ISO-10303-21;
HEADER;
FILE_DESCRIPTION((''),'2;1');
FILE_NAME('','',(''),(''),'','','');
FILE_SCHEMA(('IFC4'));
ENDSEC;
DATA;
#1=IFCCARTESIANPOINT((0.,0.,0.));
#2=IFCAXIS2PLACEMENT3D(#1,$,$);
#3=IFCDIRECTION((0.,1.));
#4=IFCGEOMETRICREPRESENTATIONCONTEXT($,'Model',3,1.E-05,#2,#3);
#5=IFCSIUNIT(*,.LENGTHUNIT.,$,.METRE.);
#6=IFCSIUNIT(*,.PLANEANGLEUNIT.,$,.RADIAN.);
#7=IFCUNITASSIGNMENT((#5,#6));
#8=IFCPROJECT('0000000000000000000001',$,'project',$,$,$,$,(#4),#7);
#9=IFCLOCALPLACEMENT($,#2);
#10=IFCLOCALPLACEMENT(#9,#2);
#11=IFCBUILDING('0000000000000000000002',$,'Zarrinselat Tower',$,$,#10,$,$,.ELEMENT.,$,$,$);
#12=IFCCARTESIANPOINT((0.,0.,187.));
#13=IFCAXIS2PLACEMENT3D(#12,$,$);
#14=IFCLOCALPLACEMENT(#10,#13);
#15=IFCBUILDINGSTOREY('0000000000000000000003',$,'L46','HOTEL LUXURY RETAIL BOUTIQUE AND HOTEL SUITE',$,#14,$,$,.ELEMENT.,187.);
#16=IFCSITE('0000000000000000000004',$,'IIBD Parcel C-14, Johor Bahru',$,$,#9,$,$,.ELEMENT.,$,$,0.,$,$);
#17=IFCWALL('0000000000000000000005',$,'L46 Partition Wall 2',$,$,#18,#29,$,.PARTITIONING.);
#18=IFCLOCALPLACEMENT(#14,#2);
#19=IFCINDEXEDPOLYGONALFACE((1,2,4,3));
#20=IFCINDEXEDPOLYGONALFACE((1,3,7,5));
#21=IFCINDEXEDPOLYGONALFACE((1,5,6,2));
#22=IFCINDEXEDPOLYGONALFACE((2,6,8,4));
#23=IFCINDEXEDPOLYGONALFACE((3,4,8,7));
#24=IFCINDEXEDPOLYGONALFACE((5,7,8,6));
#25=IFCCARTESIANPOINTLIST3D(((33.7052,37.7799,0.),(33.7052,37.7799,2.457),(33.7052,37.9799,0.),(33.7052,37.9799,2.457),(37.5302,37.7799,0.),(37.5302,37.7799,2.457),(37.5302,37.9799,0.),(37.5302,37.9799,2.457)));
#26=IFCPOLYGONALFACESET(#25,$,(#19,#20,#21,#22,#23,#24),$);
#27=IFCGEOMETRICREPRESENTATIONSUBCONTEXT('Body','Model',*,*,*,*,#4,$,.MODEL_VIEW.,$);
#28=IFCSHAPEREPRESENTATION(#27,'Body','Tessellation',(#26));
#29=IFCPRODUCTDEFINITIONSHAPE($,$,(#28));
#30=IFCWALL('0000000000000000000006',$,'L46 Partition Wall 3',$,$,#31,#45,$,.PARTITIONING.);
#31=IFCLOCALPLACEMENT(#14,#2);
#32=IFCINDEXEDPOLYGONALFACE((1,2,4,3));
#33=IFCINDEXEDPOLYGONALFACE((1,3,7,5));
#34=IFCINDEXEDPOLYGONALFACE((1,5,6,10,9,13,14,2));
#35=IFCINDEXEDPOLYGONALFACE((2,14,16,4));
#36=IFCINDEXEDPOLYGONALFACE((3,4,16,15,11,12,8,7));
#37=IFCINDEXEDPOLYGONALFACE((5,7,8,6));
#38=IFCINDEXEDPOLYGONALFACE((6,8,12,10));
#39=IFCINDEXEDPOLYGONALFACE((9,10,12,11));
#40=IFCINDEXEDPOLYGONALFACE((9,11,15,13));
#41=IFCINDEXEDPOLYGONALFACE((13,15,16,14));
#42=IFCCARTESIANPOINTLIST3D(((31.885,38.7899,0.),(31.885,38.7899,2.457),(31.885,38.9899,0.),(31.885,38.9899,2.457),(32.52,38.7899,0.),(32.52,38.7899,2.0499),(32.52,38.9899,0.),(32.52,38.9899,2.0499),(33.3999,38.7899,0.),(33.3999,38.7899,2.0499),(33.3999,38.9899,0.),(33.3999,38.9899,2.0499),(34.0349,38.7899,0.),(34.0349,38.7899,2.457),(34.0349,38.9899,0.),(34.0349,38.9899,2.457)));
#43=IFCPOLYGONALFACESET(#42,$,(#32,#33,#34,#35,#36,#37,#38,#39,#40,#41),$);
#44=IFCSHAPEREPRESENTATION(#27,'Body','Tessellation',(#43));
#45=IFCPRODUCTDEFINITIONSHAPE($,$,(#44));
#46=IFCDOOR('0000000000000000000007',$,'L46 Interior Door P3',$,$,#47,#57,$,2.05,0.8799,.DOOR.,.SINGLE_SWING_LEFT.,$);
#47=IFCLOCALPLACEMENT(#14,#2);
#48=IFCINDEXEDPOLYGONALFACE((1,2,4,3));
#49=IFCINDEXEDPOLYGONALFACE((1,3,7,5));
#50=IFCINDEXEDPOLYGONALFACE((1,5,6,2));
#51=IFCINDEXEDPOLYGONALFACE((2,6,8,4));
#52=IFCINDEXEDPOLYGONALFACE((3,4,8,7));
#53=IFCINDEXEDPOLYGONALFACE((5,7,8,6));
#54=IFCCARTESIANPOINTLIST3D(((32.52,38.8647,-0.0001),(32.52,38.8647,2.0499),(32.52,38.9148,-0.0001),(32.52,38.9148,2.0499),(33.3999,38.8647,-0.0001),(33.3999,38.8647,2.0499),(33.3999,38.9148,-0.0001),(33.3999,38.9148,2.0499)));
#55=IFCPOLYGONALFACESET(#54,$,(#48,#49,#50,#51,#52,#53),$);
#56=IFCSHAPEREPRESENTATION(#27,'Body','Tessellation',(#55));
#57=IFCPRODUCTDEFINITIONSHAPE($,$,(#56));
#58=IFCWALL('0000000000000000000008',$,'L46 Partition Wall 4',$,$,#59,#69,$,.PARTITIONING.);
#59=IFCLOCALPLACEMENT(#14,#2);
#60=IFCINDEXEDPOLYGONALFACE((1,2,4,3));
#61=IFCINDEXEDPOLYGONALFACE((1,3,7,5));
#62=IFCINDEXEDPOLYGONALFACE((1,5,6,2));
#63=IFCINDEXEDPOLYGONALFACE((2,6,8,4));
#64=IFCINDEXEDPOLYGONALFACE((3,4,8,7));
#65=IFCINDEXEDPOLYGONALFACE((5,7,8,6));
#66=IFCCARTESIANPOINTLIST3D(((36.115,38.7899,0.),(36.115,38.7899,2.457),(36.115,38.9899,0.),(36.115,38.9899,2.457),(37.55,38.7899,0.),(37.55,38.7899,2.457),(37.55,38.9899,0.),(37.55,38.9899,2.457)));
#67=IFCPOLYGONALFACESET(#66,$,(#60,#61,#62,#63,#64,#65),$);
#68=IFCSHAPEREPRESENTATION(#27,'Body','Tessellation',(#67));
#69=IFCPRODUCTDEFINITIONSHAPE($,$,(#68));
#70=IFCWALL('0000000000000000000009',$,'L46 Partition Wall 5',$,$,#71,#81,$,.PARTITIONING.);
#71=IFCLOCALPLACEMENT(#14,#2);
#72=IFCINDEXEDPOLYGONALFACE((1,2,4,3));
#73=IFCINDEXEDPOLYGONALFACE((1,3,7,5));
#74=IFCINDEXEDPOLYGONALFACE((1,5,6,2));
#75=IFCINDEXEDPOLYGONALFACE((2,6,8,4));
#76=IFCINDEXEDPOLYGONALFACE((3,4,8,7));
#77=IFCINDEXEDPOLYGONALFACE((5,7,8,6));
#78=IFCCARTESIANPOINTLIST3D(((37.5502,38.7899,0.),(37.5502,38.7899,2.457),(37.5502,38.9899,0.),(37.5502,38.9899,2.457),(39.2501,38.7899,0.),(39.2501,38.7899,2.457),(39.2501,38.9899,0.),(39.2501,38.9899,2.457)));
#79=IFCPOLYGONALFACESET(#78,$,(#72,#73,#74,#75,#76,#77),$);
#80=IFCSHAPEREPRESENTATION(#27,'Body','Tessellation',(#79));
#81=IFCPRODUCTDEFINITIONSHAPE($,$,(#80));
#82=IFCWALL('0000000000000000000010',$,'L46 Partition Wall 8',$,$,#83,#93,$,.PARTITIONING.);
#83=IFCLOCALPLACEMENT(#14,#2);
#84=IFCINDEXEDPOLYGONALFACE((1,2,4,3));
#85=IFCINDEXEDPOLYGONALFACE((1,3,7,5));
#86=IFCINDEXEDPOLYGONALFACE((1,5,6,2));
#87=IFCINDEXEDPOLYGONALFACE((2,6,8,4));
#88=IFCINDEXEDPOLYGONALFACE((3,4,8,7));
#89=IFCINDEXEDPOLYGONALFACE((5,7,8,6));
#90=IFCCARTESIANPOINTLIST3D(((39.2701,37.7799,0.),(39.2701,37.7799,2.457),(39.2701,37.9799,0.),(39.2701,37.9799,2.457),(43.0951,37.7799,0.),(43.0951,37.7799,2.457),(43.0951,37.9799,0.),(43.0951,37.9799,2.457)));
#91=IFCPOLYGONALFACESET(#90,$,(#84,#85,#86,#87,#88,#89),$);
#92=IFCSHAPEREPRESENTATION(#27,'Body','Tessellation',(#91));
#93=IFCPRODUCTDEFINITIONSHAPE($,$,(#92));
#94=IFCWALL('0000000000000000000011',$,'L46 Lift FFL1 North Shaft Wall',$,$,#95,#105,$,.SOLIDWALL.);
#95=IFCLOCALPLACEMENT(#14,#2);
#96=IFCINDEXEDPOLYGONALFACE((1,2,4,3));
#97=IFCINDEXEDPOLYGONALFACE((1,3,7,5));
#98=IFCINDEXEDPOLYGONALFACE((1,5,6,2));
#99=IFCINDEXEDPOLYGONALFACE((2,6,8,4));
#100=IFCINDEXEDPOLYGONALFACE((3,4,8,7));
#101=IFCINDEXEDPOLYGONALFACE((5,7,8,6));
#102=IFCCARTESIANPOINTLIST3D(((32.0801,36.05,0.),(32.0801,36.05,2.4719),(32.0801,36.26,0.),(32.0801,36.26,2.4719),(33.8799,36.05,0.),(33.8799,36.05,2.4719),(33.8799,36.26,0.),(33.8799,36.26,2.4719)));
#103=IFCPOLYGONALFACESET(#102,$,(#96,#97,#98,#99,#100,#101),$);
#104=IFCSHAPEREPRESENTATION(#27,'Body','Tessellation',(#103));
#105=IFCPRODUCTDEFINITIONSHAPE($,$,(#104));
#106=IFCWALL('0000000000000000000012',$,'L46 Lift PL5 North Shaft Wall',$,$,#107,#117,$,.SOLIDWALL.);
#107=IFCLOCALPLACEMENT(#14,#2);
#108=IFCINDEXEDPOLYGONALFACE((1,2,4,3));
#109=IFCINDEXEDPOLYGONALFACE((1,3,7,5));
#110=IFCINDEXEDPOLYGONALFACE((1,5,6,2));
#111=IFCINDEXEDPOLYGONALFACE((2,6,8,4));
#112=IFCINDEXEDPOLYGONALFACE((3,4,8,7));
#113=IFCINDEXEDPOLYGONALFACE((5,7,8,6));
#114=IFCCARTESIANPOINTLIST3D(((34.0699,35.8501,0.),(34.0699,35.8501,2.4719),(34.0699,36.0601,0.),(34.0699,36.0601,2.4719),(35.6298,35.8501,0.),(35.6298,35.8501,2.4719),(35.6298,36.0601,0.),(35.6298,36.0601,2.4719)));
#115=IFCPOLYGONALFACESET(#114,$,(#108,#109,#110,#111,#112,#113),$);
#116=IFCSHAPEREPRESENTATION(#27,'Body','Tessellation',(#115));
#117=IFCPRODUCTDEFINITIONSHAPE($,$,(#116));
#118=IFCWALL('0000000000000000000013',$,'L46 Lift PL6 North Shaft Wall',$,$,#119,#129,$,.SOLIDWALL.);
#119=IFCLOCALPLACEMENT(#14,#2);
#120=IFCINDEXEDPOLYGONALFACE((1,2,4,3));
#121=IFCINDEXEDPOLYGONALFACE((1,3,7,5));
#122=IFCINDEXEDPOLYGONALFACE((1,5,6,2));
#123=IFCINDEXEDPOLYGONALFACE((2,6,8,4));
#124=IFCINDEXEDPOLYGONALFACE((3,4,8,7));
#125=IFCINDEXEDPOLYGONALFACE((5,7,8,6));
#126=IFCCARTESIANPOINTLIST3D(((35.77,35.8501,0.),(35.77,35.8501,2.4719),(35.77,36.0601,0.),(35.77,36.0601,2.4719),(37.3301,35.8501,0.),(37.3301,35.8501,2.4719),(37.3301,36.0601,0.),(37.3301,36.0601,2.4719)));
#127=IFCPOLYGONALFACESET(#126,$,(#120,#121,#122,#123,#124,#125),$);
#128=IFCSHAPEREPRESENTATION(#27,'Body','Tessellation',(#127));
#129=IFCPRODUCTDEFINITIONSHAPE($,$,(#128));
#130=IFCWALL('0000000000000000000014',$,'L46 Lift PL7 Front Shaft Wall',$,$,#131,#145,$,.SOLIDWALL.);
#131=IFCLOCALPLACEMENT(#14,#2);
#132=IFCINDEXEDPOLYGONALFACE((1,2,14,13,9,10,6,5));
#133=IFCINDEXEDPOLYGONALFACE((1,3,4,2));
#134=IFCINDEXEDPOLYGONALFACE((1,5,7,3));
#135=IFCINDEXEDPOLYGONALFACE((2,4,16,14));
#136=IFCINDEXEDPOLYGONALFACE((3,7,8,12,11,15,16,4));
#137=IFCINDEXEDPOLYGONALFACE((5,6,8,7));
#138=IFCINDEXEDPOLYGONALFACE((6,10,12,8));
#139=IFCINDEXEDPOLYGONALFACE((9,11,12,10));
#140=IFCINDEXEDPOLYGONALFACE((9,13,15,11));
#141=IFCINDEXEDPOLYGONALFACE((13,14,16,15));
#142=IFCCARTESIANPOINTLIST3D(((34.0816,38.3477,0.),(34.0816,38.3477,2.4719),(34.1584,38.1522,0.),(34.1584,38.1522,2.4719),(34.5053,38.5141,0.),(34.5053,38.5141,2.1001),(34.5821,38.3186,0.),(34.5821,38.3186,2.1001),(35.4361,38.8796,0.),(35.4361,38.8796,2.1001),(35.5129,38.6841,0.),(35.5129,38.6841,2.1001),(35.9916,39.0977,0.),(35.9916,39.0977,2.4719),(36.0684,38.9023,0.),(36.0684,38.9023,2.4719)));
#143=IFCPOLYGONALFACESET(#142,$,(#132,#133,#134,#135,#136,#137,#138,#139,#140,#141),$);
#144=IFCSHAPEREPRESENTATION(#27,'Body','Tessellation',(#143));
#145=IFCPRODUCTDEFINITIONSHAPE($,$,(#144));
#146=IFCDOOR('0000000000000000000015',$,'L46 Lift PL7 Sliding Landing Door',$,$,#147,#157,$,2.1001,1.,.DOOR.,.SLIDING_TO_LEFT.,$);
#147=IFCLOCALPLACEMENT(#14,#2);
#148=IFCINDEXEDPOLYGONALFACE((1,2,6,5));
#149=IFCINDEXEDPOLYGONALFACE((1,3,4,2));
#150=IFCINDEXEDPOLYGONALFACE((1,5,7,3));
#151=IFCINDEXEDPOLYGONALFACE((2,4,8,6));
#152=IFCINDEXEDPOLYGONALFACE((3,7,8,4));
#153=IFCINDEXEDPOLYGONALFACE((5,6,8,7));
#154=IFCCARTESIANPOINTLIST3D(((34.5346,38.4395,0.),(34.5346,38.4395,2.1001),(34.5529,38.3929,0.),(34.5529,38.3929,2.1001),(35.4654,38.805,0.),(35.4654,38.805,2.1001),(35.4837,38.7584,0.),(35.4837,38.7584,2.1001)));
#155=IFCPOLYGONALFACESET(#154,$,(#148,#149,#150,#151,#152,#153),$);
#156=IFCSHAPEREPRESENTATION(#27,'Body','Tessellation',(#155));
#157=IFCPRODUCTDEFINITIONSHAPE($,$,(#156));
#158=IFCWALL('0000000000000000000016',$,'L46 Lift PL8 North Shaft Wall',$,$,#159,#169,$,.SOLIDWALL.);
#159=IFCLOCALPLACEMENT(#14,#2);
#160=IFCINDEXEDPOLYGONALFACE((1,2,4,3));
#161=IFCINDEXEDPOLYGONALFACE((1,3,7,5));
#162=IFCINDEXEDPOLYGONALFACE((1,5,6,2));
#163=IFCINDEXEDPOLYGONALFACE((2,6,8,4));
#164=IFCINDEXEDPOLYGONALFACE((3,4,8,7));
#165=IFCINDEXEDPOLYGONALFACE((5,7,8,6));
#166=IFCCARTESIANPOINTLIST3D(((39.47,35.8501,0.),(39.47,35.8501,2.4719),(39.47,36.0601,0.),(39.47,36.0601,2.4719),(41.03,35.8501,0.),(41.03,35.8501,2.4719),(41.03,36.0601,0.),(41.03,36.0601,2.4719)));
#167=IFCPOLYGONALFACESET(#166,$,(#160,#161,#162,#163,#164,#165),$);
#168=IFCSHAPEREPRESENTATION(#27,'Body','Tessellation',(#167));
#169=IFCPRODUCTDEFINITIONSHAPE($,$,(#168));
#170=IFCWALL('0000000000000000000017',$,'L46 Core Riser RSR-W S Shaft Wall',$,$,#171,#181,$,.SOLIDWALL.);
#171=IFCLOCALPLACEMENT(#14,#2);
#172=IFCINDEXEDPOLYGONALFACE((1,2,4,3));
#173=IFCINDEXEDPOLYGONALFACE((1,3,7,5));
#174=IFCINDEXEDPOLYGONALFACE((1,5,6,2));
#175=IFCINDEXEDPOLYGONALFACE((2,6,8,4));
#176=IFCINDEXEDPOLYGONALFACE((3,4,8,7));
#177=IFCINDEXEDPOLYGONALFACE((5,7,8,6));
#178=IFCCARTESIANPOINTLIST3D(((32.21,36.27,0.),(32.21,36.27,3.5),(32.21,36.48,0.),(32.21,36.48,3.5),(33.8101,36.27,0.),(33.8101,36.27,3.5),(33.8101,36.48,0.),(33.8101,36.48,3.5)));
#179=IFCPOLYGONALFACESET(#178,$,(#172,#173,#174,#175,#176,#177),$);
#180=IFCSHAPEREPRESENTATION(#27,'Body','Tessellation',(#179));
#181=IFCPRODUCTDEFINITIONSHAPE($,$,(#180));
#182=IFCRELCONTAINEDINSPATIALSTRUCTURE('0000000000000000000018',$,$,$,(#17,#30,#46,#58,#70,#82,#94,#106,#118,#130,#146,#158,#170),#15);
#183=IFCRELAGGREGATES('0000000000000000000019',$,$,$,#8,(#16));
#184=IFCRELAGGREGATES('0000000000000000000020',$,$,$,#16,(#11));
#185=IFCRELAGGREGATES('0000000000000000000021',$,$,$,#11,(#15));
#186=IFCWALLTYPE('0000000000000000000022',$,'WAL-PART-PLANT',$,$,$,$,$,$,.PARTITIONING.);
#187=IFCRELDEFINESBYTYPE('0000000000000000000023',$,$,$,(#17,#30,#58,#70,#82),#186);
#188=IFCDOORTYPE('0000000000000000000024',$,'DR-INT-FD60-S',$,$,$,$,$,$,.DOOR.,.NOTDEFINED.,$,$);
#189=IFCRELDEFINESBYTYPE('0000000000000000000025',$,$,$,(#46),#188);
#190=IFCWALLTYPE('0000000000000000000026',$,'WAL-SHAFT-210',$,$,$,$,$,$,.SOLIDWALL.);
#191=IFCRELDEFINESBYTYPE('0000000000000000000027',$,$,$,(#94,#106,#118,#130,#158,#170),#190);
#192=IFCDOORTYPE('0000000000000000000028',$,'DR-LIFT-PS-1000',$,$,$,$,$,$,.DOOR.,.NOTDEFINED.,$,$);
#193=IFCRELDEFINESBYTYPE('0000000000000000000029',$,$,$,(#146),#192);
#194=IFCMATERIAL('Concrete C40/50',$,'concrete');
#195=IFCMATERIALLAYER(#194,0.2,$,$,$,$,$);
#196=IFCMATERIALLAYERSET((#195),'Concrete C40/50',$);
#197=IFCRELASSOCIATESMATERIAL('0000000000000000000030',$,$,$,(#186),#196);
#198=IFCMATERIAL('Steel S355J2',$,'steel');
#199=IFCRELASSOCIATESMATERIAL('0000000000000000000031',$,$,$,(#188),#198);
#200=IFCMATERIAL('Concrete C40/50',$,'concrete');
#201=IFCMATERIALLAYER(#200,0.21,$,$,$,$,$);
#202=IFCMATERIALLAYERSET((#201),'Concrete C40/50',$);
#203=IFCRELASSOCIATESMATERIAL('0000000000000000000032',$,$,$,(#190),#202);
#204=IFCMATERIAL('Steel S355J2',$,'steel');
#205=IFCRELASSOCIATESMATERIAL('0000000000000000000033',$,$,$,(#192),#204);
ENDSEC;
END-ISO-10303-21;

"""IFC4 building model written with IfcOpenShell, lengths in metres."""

from ifc_helpers import new_model, si_unit, direction, frame, frame_2d, origin, place, context, subcontext, project, spatial, rectangle, extrude, material, layer, layer_set, type_object, element, fill, save


model = new_model("IFC4")

# Units and contexts
model_context = context("Model", 3, precision=1e-05, world=origin(), true_north=direction((0.0, 1.0)))
body_context = subcontext(model_context, "Body", "Model", "MODEL_VIEW")
ifc_project = project(units=[si_unit("LENGTHUNIT", "METRE"), si_unit("PLANEANGLEUNIT", "RADIAN")], contexts=[model_context])

# Site, building, storey
site_placement = place(None, origin())
site = spatial("IfcSite", under=ifc_project, at=site_placement, Name="IIBD Parcel C-14, Johor Bahru", CompositionType="ELEMENT", RefElevation=0.0)
building_placement = place(site_placement, origin())
building = spatial("IfcBuilding", under=site, at=building_placement, Name="Zarrinselat Tower", CompositionType="ELEMENT")
storey_placement = place(building_placement, frame((0.0, 0.0, 187.0)))
storey = spatial("IfcBuildingStorey", under=building, at=storey_placement, Name="L46", Description="HOTEL LUXURY RETAIL BOUTIQUE AND HOTEL SUITE", CompositionType="ELEMENT", Elevation=187.0)

# Wall
ifc_material_1 = material(Name="Concrete C40/50", Category="concrete")
ifc_layer_1 = layer(ifc_material_1, 0.2)
ifc_layer_set_1 = layer_set([ifc_layer_1], Name="Concrete C40/50")
wall_type_1 = type_object("IfcWallType", Name="WAL-PART-PLANT", PredefinedType="PARTITIONING", material=ifc_layer_set_1)
wall_1_placement = place(storey_placement, frame((33.7051, 37.8799, 0.0), z_axis=(0.0, 0.0, 1.0), x_axis=(1.0, 0.0, 0.0)))
element("IfcWall", 1, at=wall_1_placement, inside=storey, type_object=wall_type_1, Name="L46 Partition Wall 2", PredefinedType="PARTITIONING", context=body_context, shape_type="SweptSolid", body=[
    extrude(rectangle(XDim=3.825, YDim=0.2, at=frame_2d((1.9126, 0.0))), origin(), (0.0, 0.0, 1.0), 2.457),
])

# Wall, opening, door
wall_2_placement = place(storey_placement, frame((31.885, 38.8899, 0.0), z_axis=(0.0, 0.0, 1.0), x_axis=(1.0, 0.0, 0.0)))
wall_2 = element("IfcWall", 2, at=wall_2_placement, inside=storey, type_object=wall_type_1, Name="L46 Partition Wall 3", PredefinedType="PARTITIONING", context=body_context, shape_type="SweptSolid", body=[
    extrude(rectangle(XDim=2.1499, YDim=0.2, at=frame_2d((1.075, 0.0))), origin(), (0.0, 0.0, 1.0), 2.457),
])
opening_1_placement = place(wall_2_placement, frame((0.635, 0.0, 0.0)))
opening_1 = element("IfcOpeningElement", 3, at=opening_1_placement, cuts=wall_2, PredefinedType="OPENING", context=body_context, shape_type="SweptSolid", body=[
    extrude(rectangle(XDim=0.8799, YDim=2.05, at=frame_2d((0.4399, 1.0249))), frame((0.0, 0.1099, 0.0), z_axis=(0.0, -1.0, 0.0), x_axis=(1.0, 0.0, 0.0)), (0.0, 0.0, 1.0), 0.22),
])
ifc_material_2 = material(Name="Steel S355J2", Category="steel")
door_type_1 = type_object("IfcDoorType", Name="DR-INT-FD60-S", OperationType="NOTDEFINED", PredefinedType="DOOR", material=ifc_material_2)
door_1_placement = place(opening_1_placement, origin())
door_1 = element("IfcDoor", 4, at=door_1_placement, inside=storey, type_object=door_type_1, Name="L46 Interior Door P3", OperationType="SINGLE_SWING_LEFT", OverallHeight=2.05, OverallWidth=0.8799, PredefinedType="DOOR", context=body_context, shape_type="SweptSolid", body=[
    extrude(rectangle(XDim=0.8799, YDim=2.05, at=frame_2d((0.4399, 1.0249))), frame((0.0, 0.0249, 0.0), z_axis=(0.0, -1.0, 0.0), x_axis=(1.0, 0.0, 0.0)), (0.0, 0.0, 1.0), 0.05),
])
fill(opening_1, door_1)

# Walls
wall_3_placement = place(storey_placement, frame((36.115, 38.8899, 0.0), z_axis=(0.0, 0.0, 1.0), x_axis=(1.0, 0.0, 0.0)))
element("IfcWall", 5, at=wall_3_placement, inside=storey, type_object=wall_type_1, Name="L46 Partition Wall 4", PredefinedType="PARTITIONING", context=body_context, shape_type="SweptSolid", body=[
    extrude(rectangle(XDim=1.4351, YDim=0.2, at=frame_2d((0.7175, 0.0))), origin(), (0.0, 0.0, 1.0), 2.457),
])
wall_4_placement = place(storey_placement, frame((37.55, 38.8899, 0.0), z_axis=(0.0, 0.0, 1.0), x_axis=(1.0, 0.0, 0.0)))
element("IfcWall", 6, at=wall_4_placement, inside=storey, type_object=wall_type_1, Name="L46 Partition Wall 5", PredefinedType="PARTITIONING", context=body_context, shape_type="SweptSolid", body=[
    extrude(rectangle(XDim=1.7, YDim=0.2, at=frame_2d((0.8501, 0.0))), origin(), (0.0, 0.0, 1.0), 2.457),
])
wall_5_placement = place(storey_placement, frame((39.27, 37.8799, 0.0), z_axis=(0.0, 0.0, 1.0), x_axis=(1.0, 0.0, 0.0)))
element("IfcWall", 7, at=wall_5_placement, inside=storey, type_object=wall_type_1, Name="L46 Partition Wall 8", PredefinedType="PARTITIONING", context=body_context, shape_type="SweptSolid", body=[
    extrude(rectangle(XDim=3.825, YDim=0.2, at=frame_2d((1.9126, 0.0))), origin(), (0.0, 0.0, 1.0), 2.457),
])
ifc_material_3 = material(Name="Concrete C40/50", Category="concrete")
ifc_layer_2 = layer(ifc_material_3, 0.21)
ifc_layer_set_2 = layer_set([ifc_layer_2], Name="Concrete C40/50")
wall_type_2 = type_object("IfcWallType", Name="WAL-SHAFT-210", PredefinedType="SOLIDWALL", material=ifc_layer_set_2)
wall_6_placement = place(storey_placement, frame((32.0801, 36.155, 0.0), z_axis=(0.0, 0.0, 1.0), x_axis=(1.0, 0.0, 0.0)))
element("IfcWall", 8, at=wall_6_placement, inside=storey, type_object=wall_type_2, Name="L46 Lift FFL1 North Shaft Wall", PredefinedType="SOLIDWALL", context=body_context, shape_type="SweptSolid", body=[
    extrude(rectangle(XDim=1.7998, YDim=0.21, at=frame_2d((0.8999, 0.0))), origin(), (0.0, 0.0, 1.0), 2.4719),
])
wall_7_placement = place(storey_placement, frame((34.0701, 35.9551, 0.0), z_axis=(0.0, 0.0, 1.0), x_axis=(1.0, 0.0, 0.0)))
element("IfcWall", 9, at=wall_7_placement, inside=storey, type_object=wall_type_2, Name="L46 Lift PL5 North Shaft Wall", PredefinedType="SOLIDWALL", context=body_context, shape_type="SweptSolid", body=[
    extrude(rectangle(XDim=1.5598, YDim=0.21, at=frame_2d((0.7798, 0.0))), origin(), (0.0, 0.0, 1.0), 2.4719),
])
wall_8_placement = place(storey_placement, frame((35.77, 35.9551, 0.0), z_axis=(0.0, 0.0, 1.0), x_axis=(1.0, 0.0, 0.0)))
element("IfcWall", 10, at=wall_8_placement, inside=storey, type_object=wall_type_2, Name="L46 Lift PL6 North Shaft Wall", PredefinedType="SOLIDWALL", context=body_context, shape_type="SweptSolid", body=[
    extrude(rectangle(XDim=1.5601, YDim=0.21, at=frame_2d((0.78, 0.0))), origin(), (0.0, 0.0, 1.0), 2.4719),
])

# Wall, opening, door
wall_9_placement = place(storey_placement, frame((34.1201, 38.25, 0.0), z_axis=(0.0, 0.0, 1.0), x_axis=(0.930805, 0.365516, 0.0)))
wall_9 = element("IfcWall", 11, at=wall_9_placement, inside=storey, type_object=wall_type_2, Name="L46 Lift PL7 Front Shaft Wall", PredefinedType="SOLIDWALL", context=body_context, shape_type="SweptSolid", body=[
    extrude(rectangle(XDim=2.052, YDim=0.21, at=frame_2d((1.0259, 0.0))), origin(), (0.0, 0.0, 1.0), 2.4719),
])
opening_2_placement = place(wall_9_placement, frame((0.4551, 0.0, 0.0)))
opening_2 = element("IfcOpeningElement", 12, at=opening_2_placement, cuts=wall_9, PredefinedType="OPENING", context=body_context, shape_type="SweptSolid", body=[
    extrude(rectangle(XDim=1.0, YDim=2.1001, at=frame_2d((0.5, 1.05))), frame((0.0, 0.115, 0.0), z_axis=(0.0, -1.0, 0.0), x_axis=(1.0, 0.0, 0.0)), (0.0, 0.0, 1.0), 0.23),
])
ifc_material_4 = material(Name="Steel S355J2", Category="steel")
door_type_2 = type_object("IfcDoorType", Name="DR-LIFT-PS-1000", OperationType="NOTDEFINED", PredefinedType="DOOR", material=ifc_material_4)
door_2_placement = place(opening_2_placement, origin())
door_2 = element("IfcDoor", 13, at=door_2_placement, inside=storey, type_object=door_type_2, Name="L46 Lift PL7 Sliding Landing Door", OperationType="SLIDING_TO_LEFT", OverallHeight=2.1001, OverallWidth=1.0, PredefinedType="DOOR", context=body_context, shape_type="SweptSolid", body=[
    extrude(rectangle(XDim=1.0, YDim=2.1001, at=frame_2d((0.5, 1.05))), frame((0.0, 0.0249, 0.0), z_axis=(0.0, -1.0, 0.0), x_axis=(1.0, 0.0, 0.0)), (0.0, 0.0, 1.0), 0.05),
])
fill(opening_2, door_2)

# Walls
wall_10_placement = place(storey_placement, frame((39.47, 35.9551, 0.0), z_axis=(0.0, 0.0, 1.0), x_axis=(1.0, 0.0, 0.0)))
element("IfcWall", 14, at=wall_10_placement, inside=storey, type_object=wall_type_2, Name="L46 Lift PL8 North Shaft Wall", PredefinedType="SOLIDWALL", context=body_context, shape_type="SweptSolid", body=[
    extrude(rectangle(XDim=1.5601, YDim=0.21, at=frame_2d((0.78, 0.0))), origin(), (0.0, 0.0, 1.0), 2.4719),
])
for number, where, z_axis, x_axis, name in (
    (15, (32.21, 36.375, 0.0), (0.0, 0.0, 1.0), (1.0, 0.0, 0.0), "L46 Core Riser RSR-W S Shaft Wall"),
):
    element("IfcWall", number, at=place(storey_placement, frame(where, z_axis=z_axis, x_axis=x_axis)), inside=storey, type_object=wall_type_2, Name=name, PredefinedType="SOLIDWALL", context=body_context, shape_type="SweptSolid", body=[
        extrude(rectangle(XDim=1.6001, YDim=0.21, at=frame_2d((0.8, 0.0))), origin(), (0.0, 0.0, 1.0), 3.5),
    ])

save(model, "model.ifc")
